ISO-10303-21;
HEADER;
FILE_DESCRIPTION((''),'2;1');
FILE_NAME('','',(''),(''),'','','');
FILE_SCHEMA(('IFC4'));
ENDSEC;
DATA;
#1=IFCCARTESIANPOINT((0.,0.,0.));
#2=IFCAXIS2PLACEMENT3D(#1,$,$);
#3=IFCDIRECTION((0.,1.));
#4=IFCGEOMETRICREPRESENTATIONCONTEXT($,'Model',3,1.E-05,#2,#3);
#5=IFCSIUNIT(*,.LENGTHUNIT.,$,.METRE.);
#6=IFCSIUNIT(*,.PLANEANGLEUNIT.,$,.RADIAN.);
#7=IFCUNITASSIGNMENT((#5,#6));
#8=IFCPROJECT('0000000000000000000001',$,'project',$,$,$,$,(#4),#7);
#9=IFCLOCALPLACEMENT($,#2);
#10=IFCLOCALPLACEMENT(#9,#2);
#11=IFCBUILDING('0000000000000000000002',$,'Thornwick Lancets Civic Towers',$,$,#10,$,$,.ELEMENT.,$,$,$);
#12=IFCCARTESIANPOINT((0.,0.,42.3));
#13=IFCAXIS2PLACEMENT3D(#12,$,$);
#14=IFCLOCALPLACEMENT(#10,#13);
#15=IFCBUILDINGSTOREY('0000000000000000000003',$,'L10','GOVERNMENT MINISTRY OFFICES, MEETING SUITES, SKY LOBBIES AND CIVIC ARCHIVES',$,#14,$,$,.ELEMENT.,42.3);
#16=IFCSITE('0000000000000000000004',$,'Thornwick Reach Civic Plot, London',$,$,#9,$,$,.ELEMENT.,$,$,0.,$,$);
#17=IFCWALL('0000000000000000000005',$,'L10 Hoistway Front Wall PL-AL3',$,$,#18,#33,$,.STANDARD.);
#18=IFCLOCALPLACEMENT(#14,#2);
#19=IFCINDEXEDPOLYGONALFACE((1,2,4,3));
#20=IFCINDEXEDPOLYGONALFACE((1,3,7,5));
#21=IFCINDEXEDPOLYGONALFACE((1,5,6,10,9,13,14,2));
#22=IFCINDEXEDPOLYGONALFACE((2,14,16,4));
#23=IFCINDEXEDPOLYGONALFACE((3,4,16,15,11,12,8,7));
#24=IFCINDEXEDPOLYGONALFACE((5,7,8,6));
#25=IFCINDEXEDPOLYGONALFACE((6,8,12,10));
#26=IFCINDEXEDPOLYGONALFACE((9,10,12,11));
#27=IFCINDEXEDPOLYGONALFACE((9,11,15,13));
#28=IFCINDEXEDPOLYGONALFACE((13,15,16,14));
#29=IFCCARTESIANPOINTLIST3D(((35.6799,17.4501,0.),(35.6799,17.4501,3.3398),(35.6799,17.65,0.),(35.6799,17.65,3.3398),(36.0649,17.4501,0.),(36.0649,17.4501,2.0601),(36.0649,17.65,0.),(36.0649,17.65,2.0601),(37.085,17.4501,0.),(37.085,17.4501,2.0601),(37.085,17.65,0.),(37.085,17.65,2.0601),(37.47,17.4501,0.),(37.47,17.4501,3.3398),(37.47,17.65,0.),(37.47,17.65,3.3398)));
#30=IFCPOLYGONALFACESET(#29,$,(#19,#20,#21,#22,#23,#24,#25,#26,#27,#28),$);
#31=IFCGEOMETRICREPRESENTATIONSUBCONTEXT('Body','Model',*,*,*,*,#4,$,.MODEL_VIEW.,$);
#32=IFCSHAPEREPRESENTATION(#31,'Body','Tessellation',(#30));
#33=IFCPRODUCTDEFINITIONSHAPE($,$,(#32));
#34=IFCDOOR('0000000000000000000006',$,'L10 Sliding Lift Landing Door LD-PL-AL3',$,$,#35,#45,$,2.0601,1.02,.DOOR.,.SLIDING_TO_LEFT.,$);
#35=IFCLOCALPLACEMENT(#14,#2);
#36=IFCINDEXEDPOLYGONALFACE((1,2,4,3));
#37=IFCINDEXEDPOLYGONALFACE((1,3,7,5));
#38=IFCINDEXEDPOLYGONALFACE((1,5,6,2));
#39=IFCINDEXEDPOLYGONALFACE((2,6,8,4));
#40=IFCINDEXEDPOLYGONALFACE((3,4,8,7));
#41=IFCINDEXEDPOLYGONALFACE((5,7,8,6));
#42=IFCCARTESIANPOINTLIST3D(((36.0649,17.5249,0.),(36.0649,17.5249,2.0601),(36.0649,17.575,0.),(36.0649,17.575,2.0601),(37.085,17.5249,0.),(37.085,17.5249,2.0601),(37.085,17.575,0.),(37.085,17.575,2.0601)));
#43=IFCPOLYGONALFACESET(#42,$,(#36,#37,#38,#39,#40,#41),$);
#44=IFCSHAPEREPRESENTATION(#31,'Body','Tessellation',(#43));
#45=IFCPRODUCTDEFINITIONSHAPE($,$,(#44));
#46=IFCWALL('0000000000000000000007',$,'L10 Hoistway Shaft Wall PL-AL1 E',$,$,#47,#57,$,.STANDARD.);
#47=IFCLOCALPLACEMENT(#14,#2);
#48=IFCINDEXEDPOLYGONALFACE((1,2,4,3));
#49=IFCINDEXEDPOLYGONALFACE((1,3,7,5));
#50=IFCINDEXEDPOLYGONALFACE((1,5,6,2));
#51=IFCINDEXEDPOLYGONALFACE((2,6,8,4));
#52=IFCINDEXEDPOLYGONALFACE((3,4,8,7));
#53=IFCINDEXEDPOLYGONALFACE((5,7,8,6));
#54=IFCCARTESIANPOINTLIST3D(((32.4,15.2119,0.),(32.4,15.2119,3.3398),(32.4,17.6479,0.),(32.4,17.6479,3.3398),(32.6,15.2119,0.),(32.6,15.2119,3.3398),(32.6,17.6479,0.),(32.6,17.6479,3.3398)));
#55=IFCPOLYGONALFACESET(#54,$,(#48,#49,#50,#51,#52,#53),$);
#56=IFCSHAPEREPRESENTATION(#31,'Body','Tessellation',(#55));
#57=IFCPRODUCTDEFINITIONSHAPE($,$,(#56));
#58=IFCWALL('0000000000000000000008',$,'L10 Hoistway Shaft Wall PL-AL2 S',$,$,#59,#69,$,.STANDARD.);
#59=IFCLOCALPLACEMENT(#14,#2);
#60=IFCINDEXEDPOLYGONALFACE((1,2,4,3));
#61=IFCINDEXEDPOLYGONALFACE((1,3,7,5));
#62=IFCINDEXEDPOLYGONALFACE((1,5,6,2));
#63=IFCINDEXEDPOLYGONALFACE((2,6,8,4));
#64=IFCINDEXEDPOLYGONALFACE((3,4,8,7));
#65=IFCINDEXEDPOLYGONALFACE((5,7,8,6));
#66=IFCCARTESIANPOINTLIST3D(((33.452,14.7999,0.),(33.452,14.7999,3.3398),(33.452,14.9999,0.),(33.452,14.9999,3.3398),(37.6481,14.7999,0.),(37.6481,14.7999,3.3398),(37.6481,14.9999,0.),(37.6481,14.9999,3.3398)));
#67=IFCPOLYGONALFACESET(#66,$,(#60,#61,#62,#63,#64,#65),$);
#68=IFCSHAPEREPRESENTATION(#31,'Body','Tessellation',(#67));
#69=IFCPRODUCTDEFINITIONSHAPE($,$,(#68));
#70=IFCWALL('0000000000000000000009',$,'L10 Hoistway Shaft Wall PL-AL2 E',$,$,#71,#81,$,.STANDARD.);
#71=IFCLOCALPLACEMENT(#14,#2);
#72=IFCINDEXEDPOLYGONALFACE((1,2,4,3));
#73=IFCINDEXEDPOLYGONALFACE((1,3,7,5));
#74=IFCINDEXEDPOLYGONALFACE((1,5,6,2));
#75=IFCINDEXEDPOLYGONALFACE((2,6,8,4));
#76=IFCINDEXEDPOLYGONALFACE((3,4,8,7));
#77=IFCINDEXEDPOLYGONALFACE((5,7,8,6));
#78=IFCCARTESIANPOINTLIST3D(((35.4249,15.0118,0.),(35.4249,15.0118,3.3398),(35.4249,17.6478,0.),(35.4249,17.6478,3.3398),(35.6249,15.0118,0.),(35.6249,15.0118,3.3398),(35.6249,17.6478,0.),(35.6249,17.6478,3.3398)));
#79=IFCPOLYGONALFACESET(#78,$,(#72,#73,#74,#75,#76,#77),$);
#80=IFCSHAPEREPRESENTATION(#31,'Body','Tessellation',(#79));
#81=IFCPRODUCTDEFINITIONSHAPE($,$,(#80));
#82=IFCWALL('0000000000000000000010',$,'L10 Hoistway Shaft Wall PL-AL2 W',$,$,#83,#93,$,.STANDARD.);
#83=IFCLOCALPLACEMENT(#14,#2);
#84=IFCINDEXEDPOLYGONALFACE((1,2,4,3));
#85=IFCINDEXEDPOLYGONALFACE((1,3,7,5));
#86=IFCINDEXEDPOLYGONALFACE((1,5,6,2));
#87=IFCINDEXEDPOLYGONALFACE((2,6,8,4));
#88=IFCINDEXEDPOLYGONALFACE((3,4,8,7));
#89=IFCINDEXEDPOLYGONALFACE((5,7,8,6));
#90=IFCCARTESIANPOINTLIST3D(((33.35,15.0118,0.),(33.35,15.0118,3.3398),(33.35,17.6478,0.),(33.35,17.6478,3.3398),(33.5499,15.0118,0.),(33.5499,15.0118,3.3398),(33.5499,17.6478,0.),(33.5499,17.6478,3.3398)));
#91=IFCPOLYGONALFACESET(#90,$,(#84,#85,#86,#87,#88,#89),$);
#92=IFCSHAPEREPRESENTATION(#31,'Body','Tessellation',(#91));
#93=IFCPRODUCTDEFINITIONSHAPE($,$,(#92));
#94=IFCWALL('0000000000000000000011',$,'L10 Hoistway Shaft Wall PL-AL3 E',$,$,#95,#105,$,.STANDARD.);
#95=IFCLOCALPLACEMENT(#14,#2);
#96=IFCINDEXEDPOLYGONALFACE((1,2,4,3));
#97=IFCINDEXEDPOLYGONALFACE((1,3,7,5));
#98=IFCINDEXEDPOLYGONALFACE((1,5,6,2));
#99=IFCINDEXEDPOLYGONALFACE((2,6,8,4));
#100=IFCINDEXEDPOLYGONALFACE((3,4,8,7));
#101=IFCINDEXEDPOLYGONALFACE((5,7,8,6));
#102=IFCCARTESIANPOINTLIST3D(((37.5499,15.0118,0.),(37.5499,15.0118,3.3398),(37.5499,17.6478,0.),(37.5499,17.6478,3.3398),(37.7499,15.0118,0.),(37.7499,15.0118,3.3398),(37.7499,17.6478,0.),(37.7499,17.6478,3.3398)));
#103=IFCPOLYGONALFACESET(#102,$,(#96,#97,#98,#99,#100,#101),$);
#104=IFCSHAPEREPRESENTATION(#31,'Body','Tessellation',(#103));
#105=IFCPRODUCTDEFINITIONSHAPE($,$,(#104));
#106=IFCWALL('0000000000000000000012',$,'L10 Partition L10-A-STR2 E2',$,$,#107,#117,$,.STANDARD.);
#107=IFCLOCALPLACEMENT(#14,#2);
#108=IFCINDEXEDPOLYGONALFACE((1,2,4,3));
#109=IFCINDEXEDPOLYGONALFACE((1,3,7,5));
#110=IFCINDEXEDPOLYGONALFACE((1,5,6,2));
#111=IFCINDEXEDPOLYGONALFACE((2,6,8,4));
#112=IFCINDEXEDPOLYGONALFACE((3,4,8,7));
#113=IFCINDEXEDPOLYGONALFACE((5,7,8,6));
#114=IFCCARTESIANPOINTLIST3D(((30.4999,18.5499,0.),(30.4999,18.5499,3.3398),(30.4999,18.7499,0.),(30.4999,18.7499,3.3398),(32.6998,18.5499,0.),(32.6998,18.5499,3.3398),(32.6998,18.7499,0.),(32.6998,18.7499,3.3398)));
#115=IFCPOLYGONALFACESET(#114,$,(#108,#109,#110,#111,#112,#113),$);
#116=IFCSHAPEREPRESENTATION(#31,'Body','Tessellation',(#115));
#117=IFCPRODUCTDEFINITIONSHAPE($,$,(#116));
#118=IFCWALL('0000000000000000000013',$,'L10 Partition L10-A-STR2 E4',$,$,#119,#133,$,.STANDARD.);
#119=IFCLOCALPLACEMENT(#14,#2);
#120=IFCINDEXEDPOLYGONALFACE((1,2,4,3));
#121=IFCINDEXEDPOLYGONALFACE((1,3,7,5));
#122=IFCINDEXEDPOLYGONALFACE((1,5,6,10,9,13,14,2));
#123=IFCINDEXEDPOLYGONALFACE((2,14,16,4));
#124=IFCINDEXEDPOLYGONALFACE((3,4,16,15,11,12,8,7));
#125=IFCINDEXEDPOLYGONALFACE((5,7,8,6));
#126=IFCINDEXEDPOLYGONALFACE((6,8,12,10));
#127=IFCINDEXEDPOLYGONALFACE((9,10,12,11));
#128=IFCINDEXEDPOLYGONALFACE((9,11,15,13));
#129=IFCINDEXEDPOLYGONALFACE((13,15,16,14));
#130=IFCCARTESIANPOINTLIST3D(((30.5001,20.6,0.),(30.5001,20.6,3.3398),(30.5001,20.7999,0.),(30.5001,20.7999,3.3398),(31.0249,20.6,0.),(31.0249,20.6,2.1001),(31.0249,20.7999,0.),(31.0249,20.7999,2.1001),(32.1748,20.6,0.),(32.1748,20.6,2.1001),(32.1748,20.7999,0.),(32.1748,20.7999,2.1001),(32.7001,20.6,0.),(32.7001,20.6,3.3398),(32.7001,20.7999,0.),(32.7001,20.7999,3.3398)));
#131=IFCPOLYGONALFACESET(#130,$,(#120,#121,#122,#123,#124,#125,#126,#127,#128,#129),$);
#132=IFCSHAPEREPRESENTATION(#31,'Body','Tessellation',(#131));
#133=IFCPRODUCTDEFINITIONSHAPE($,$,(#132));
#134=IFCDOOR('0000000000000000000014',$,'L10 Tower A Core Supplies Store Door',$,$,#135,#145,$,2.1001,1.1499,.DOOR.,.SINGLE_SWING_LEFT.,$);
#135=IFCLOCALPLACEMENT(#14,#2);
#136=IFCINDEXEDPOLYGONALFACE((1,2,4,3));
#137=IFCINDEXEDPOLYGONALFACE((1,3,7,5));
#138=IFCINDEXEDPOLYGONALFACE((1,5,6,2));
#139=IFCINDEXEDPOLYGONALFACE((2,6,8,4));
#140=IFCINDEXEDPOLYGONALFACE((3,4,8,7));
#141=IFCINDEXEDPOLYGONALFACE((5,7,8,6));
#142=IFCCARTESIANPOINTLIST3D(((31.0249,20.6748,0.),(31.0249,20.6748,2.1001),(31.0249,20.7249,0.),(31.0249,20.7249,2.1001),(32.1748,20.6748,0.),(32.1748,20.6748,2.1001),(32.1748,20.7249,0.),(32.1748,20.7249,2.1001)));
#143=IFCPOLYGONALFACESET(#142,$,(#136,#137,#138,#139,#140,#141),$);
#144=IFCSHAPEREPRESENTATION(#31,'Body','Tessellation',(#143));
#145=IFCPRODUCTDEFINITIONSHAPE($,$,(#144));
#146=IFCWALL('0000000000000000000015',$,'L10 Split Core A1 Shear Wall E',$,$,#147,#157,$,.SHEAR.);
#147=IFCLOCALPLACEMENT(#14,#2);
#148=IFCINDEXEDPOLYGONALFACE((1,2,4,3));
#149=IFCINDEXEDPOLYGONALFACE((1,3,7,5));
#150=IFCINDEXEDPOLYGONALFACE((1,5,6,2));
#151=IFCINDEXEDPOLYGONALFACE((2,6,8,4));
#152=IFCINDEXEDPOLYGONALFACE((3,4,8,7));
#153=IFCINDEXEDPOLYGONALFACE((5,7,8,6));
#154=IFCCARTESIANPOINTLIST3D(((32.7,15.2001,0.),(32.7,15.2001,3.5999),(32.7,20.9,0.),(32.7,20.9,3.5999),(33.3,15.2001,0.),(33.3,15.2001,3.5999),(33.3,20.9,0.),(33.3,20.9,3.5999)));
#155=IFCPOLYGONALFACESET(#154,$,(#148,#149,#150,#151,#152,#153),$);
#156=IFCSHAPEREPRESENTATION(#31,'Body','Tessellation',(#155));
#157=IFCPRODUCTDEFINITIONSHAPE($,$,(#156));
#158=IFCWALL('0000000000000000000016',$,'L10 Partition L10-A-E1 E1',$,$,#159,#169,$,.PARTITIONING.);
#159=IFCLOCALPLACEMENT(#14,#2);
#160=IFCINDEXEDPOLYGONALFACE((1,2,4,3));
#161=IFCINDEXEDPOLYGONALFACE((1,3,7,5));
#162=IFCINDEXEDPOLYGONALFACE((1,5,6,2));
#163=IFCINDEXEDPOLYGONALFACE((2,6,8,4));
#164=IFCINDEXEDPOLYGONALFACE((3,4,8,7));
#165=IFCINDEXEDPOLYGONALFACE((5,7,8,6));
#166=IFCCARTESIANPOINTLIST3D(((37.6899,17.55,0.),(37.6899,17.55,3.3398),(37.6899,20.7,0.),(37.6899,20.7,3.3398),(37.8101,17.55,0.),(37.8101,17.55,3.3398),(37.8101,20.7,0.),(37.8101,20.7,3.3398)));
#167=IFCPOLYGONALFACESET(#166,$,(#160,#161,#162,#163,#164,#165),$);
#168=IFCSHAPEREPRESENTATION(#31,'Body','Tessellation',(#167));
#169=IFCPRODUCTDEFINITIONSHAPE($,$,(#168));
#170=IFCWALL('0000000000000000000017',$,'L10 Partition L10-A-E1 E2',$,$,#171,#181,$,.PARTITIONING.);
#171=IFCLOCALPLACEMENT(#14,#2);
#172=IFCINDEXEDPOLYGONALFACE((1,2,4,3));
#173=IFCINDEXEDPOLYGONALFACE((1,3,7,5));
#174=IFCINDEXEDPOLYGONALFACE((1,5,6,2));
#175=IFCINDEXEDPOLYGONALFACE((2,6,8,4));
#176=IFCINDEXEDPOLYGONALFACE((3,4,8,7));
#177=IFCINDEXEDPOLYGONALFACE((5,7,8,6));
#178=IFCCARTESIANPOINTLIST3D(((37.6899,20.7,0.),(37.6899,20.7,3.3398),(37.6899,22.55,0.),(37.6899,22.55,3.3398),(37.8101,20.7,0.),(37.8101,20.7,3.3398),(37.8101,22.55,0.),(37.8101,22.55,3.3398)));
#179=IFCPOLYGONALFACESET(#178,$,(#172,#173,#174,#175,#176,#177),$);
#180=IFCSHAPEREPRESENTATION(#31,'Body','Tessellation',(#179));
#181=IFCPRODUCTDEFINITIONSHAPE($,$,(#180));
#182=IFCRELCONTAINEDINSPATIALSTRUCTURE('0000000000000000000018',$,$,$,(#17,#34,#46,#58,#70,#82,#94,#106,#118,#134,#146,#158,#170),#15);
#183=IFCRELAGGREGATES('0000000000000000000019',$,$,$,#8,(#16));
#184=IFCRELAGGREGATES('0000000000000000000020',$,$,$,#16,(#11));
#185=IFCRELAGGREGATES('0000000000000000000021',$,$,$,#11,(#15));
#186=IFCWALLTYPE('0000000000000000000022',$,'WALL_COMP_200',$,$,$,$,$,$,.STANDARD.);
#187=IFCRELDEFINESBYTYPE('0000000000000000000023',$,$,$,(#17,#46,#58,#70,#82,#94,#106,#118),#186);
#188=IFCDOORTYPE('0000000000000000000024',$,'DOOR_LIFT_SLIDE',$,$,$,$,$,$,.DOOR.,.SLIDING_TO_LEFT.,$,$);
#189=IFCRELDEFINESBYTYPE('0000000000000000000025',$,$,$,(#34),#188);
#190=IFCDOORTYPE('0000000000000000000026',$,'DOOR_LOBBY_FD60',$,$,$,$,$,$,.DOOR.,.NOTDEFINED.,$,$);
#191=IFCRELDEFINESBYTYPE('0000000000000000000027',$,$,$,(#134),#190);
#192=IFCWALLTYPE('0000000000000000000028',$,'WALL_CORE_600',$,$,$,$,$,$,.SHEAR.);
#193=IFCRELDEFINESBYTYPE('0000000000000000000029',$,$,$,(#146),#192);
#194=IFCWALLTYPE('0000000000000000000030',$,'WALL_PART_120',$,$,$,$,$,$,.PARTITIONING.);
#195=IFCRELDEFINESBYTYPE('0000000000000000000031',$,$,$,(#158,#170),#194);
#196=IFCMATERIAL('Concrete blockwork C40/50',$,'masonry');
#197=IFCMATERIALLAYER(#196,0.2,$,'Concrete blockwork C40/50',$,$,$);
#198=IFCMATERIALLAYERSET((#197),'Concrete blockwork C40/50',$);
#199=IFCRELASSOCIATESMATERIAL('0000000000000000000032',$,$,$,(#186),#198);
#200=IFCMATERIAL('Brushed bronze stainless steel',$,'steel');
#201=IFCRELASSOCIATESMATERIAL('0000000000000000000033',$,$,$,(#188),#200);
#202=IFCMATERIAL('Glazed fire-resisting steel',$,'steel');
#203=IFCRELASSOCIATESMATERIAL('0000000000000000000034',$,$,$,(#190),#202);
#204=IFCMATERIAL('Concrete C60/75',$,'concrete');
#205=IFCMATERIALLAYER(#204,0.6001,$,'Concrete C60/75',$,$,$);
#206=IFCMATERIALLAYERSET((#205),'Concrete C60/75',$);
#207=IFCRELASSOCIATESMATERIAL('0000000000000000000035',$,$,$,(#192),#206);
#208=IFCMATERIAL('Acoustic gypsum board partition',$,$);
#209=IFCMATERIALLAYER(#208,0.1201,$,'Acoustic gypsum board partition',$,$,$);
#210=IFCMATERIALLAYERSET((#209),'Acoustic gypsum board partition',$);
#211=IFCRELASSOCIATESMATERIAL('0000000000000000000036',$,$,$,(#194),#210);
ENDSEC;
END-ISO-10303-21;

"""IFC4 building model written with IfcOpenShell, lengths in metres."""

from ifc_helpers import new_model, si_unit, direction, frame, frame_2d, origin, place, context, subcontext, project, spatial, rectangle, extrude, material, layer, layer_set, type_object, element, fill, save


model = new_model("IFC4")

# Units and contexts
model_context = context("Model", 3, precision=1e-05, world=origin(), true_north=direction((0.0, 1.0)))
body_context = subcontext(model_context, "Body", "Model", "MODEL_VIEW")
ifc_project = project(units=[si_unit("LENGTHUNIT", "METRE"), si_unit("PLANEANGLEUNIT", "RADIAN")], contexts=[model_context])

# Site, building, storey
site_placement = place(None, origin())
site = spatial("IfcSite", under=ifc_project, at=site_placement, Name="Thornwick Reach Civic Plot, London", CompositionType="ELEMENT", RefElevation=0.0)
building_placement = place(site_placement, origin())
building = spatial("IfcBuilding", under=site, at=building_placement, Name="Thornwick Lancets Civic Towers", CompositionType="ELEMENT")
storey_placement = place(building_placement, frame((0.0, 0.0, 42.3)))
storey = spatial("IfcBuildingStorey", under=building, at=storey_placement, Name="L10", Description="GOVERNMENT MINISTRY OFFICES, MEETING SUITES, SKY LOBBIES AND CIVIC ARCHIVES", CompositionType="ELEMENT", Elevation=42.3)

# Shared definitions
ifc_material_1 = material(Name="Concrete C60/75", Category="concrete")

# Wall, opening, door
ifc_material_2 = material(Name="Concrete blockwork C40/50", Category="masonry")
ifc_layer_1 = layer(ifc_material_2, 0.2, Name="Concrete blockwork C40/50")
ifc_layer_set_1 = layer_set([ifc_layer_1], Name="Concrete blockwork C40/50")
wall_type_1 = type_object("IfcWallType", Name="WALL_COMP_200", PredefinedType="STANDARD", material=ifc_layer_set_1)
ifc_material_3 = material(Name="Brushed bronze stainless steel", Category="steel")
door_type_1 = type_object("IfcDoorType", Name="DOOR_LIFT_SLIDE", OperationType="SLIDING_TO_LEFT", PredefinedType="DOOR", material=ifc_material_3)
wall_1_placement = place(storey_placement, frame((35.6799, 17.55, 0.0), z_axis=(0.0, 0.0, 1.0), x_axis=(1.0, 0.0, 0.0)))
wall_1 = element("IfcWall", 1, at=wall_1_placement, inside=storey, type_object=wall_type_1, Name="L10 Hoistway Front Wall PL-AL3", PredefinedType="STANDARD", context=body_context, shape_type="SweptSolid", body=[
    extrude(rectangle(XDim=1.79, YDim=0.2, at=frame_2d((0.895, 0.0))), origin(), (0.0, 0.0, 1.0), 3.3398),
])
opening_1_placement = place(wall_1_placement, frame((0.385, 0.0, 0.0)))
opening_1 = element("IfcOpeningElement", 2, at=opening_1_placement, cuts=wall_1, PredefinedType="OPENING", context=body_context, shape_type="SweptSolid", body=[
    extrude(rectangle(XDim=1.02, YDim=2.0601, at=frame_2d((0.51, 1.03))), frame((0.0, 0.1099, 0.0), z_axis=(0.0, -1.0, 0.0), x_axis=(1.0, 0.0, 0.0)), (0.0, 0.0, 1.0), 0.22),
])
door_1_placement = place(opening_1_placement, origin())
door_1 = element("IfcDoor", 3, at=door_1_placement, inside=storey, type_object=door_type_1, Name="L10 Sliding Lift Landing Door LD-PL-AL3", OperationType="SLIDING_TO_LEFT", OverallHeight=2.0601, OverallWidth=1.02, PredefinedType="DOOR", context=body_context, shape_type="SweptSolid", body=[
    extrude(rectangle(XDim=1.02, YDim=2.0601, at=frame_2d((0.51, 1.03))), frame((0.0, 0.0249, 0.0), z_axis=(0.0, -1.0, 0.0), x_axis=(1.0, 0.0, 0.0)), (0.0, 0.0, 1.0), 0.05),
])
fill(opening_1, door_1)

# Walls
wall_2_placement = place(storey_placement, frame((32.5, 15.2119, 0.0), z_axis=(0.0, 0.0, 1.0), x_axis=(0.0, 1.0, 0.0)))
element("IfcWall", 4, at=wall_2_placement, inside=storey, type_object=wall_type_1, Name="L10 Hoistway Shaft Wall PL-AL1 E", PredefinedType="STANDARD", context=body_context, shape_type="SweptSolid", body=[
    extrude(rectangle(XDim=2.436, YDim=0.2, at=frame_2d((1.218, 0.0))), origin(), (0.0, 0.0, 1.0), 3.3398),
])
wall_3_placement = place(storey_placement, frame((33.4519, 14.8999, 0.0), z_axis=(0.0, 0.0, 1.0), x_axis=(1.0, 0.0, 0.0)))
element("IfcWall", 5, at=wall_3_placement, inside=storey, type_object=wall_type_1, Name="L10 Hoistway Shaft Wall PL-AL2 S", PredefinedType="STANDARD", context=body_context, shape_type="SweptSolid", body=[
    extrude(rectangle(XDim=4.196, YDim=0.2, at=frame_2d((2.0981, 0.0))), origin(), (0.0, 0.0, 1.0), 3.3398),
])
for number, where, z_axis, x_axis, name in (
    (6, (35.5249, 15.012, 0.0), (0.0, 0.0, 1.0), (0.0, 1.0, 0.0), "L10 Hoistway Shaft Wall PL-AL2 E"),
    (7, (33.45, 15.012, 0.0), (0.0, 0.0, 1.0), (0.0, 1.0, 0.0), "L10 Hoistway Shaft Wall PL-AL2 W"),
    (8, (37.6499, 15.012, 0.0), (0.0, 0.0, 1.0), (0.0, 1.0, 0.0), "L10 Hoistway Shaft Wall PL-AL3 E"),
):
    element("IfcWall", number, at=place(storey_placement, frame(where, z_axis=z_axis, x_axis=x_axis)), inside=storey, type_object=wall_type_1, Name=name, PredefinedType="STANDARD", context=body_context, shape_type="SweptSolid", body=[
        extrude(rectangle(XDim=2.636, YDim=0.2, at=frame_2d((1.3179, 0.0))), origin(), (0.0, 0.0, 1.0), 3.3398),
    ])
wall_4_placement = place(storey_placement, frame((32.7, 18.6499, 0.0), z_axis=(0.0, 0.0, 1.0), x_axis=(-1.0, 0.0, 0.0)))
element("IfcWall", 9, at=wall_4_placement, inside=storey, type_object=wall_type_1, Name="L10 Partition L10-A-STR2 E2", PredefinedType="STANDARD", context=body_context, shape_type="SweptSolid", body=[
    extrude(rectangle(XDim=2.2, YDim=0.2, at=frame_2d((1.1001, 0.0))), origin(), (0.0, 0.0, 1.0), 3.3398),
])

# Wall, opening, door
wall_5_placement = place(storey_placement, frame((30.5, 20.7, 0.0), z_axis=(0.0, 0.0, 1.0), x_axis=(1.0, 0.0, 0.0)))
wall_5 = element("IfcWall", 10, at=wall_5_placement, inside=storey, type_object=wall_type_1, Name="L10 Partition L10-A-STR2 E4", PredefinedType="STANDARD", context=body_context, shape_type="SweptSolid", body=[
    extrude(rectangle(XDim=2.2, YDim=0.2, at=frame_2d((1.1001, 0.0))), origin(), (0.0, 0.0, 1.0), 3.3398),
])
opening_2_placement = place(wall_5_placement, frame((0.5249, 0.0, 0.0)))
opening_2 = element("IfcOpeningElement", 11, at=opening_2_placement, cuts=wall_5, PredefinedType="OPENING", context=body_context, shape_type="SweptSolid", body=[
    extrude(rectangle(XDim=1.1499, YDim=2.1001, at=frame_2d((0.575, 1.05))), frame((0.0, 0.1099, 0.0), z_axis=(0.0, -1.0, 0.0), x_axis=(1.0, 0.0, 0.0)), (0.0, 0.0, 1.0), 0.22),
])
ifc_material_4 = material(Name="Glazed fire-resisting steel", Category="steel")
door_type_2 = type_object("IfcDoorType", Name="DOOR_LOBBY_FD60", OperationType="NOTDEFINED", PredefinedType="DOOR", material=ifc_material_4)
door_2_placement = place(opening_2_placement, origin())
door_2 = element("IfcDoor", 12, at=door_2_placement, inside=storey, type_object=door_type_2, Name="L10 Tower A Core Supplies Store Door", OperationType="SINGLE_SWING_LEFT", OverallHeight=2.1001, OverallWidth=1.1499, PredefinedType="DOOR", context=body_context, shape_type="SweptSolid", body=[
    extrude(rectangle(XDim=1.1499, YDim=2.1001, at=frame_2d((0.575, 1.05))), frame((0.0, 0.0249, 0.0), z_axis=(0.0, -1.0, 0.0), x_axis=(1.0, 0.0, 0.0)), (0.0, 0.0, 1.0), 0.05),
])
fill(opening_2, door_2)

# Walls
ifc_layer_2 = layer(ifc_material_1, 0.6001, Name="Concrete C60/75")
ifc_layer_set_2 = layer_set([ifc_layer_2], Name="Concrete C60/75")
wall_type_2 = type_object("IfcWallType", Name="WALL_CORE_600", PredefinedType="SHEAR", material=ifc_layer_set_2)
wall_6_placement = place(storey_placement, frame((33.0, 15.2, 0.0), z_axis=(0.0, 0.0, 1.0), x_axis=(0.0, 1.0, 0.0)))
element("IfcWall", 13, at=wall_6_placement, inside=storey, type_object=wall_type_2, Name="L10 Split Core A1 Shear Wall E", PredefinedType="SHEAR", context=body_context, shape_type="SweptSolid", body=[
    extrude(rectangle(XDim=5.7, YDim=0.6001, at=frame_2d((2.8501, 0.0))), origin(), (0.0, 0.0, 1.0), 3.5999),
])
ifc_material_5 = material(Name="Acoustic gypsum board partition")
ifc_layer_3 = layer(ifc_material_5, 0.1201, Name="Acoustic gypsum board partition")
ifc_layer_set_3 = layer_set([ifc_layer_3], Name="Acoustic gypsum board partition")
wall_type_3 = type_object("IfcWallType", Name="WALL_PART_120", PredefinedType="PARTITIONING", material=ifc_layer_set_3)
wall_7_placement = place(storey_placement, frame((37.75, 17.55, 0.0), z_axis=(0.0, 0.0, 1.0), x_axis=(0.0, 1.0, 0.0)))
element("IfcWall", 14, at=wall_7_placement, inside=storey, type_object=wall_type_3, Name="L10 Partition L10-A-E1 E1", PredefinedType="PARTITIONING", context=body_context, shape_type="SweptSolid", body=[
    extrude(rectangle(XDim=3.1499, YDim=0.1201, at=frame_2d((1.575, 0.0))), origin(), (0.0, 0.0, 1.0), 3.3398),
])
wall_8_placement = place(storey_placement, frame((37.75, 20.7, 0.0), z_axis=(0.0, 0.0, 1.0), x_axis=(0.0, 1.0, 0.0)))
element("IfcWall", 15, at=wall_8_placement, inside=storey, type_object=wall_type_3, Name="L10 Partition L10-A-E1 E2", PredefinedType="PARTITIONING", context=body_context, shape_type="SweptSolid", body=[
    extrude(rectangle(XDim=1.8501, YDim=0.1201, at=frame_2d((0.925, 0.0))), origin(), (0.0, 0.0, 1.0), 3.3398),
])

save(model, "model.ifc")
